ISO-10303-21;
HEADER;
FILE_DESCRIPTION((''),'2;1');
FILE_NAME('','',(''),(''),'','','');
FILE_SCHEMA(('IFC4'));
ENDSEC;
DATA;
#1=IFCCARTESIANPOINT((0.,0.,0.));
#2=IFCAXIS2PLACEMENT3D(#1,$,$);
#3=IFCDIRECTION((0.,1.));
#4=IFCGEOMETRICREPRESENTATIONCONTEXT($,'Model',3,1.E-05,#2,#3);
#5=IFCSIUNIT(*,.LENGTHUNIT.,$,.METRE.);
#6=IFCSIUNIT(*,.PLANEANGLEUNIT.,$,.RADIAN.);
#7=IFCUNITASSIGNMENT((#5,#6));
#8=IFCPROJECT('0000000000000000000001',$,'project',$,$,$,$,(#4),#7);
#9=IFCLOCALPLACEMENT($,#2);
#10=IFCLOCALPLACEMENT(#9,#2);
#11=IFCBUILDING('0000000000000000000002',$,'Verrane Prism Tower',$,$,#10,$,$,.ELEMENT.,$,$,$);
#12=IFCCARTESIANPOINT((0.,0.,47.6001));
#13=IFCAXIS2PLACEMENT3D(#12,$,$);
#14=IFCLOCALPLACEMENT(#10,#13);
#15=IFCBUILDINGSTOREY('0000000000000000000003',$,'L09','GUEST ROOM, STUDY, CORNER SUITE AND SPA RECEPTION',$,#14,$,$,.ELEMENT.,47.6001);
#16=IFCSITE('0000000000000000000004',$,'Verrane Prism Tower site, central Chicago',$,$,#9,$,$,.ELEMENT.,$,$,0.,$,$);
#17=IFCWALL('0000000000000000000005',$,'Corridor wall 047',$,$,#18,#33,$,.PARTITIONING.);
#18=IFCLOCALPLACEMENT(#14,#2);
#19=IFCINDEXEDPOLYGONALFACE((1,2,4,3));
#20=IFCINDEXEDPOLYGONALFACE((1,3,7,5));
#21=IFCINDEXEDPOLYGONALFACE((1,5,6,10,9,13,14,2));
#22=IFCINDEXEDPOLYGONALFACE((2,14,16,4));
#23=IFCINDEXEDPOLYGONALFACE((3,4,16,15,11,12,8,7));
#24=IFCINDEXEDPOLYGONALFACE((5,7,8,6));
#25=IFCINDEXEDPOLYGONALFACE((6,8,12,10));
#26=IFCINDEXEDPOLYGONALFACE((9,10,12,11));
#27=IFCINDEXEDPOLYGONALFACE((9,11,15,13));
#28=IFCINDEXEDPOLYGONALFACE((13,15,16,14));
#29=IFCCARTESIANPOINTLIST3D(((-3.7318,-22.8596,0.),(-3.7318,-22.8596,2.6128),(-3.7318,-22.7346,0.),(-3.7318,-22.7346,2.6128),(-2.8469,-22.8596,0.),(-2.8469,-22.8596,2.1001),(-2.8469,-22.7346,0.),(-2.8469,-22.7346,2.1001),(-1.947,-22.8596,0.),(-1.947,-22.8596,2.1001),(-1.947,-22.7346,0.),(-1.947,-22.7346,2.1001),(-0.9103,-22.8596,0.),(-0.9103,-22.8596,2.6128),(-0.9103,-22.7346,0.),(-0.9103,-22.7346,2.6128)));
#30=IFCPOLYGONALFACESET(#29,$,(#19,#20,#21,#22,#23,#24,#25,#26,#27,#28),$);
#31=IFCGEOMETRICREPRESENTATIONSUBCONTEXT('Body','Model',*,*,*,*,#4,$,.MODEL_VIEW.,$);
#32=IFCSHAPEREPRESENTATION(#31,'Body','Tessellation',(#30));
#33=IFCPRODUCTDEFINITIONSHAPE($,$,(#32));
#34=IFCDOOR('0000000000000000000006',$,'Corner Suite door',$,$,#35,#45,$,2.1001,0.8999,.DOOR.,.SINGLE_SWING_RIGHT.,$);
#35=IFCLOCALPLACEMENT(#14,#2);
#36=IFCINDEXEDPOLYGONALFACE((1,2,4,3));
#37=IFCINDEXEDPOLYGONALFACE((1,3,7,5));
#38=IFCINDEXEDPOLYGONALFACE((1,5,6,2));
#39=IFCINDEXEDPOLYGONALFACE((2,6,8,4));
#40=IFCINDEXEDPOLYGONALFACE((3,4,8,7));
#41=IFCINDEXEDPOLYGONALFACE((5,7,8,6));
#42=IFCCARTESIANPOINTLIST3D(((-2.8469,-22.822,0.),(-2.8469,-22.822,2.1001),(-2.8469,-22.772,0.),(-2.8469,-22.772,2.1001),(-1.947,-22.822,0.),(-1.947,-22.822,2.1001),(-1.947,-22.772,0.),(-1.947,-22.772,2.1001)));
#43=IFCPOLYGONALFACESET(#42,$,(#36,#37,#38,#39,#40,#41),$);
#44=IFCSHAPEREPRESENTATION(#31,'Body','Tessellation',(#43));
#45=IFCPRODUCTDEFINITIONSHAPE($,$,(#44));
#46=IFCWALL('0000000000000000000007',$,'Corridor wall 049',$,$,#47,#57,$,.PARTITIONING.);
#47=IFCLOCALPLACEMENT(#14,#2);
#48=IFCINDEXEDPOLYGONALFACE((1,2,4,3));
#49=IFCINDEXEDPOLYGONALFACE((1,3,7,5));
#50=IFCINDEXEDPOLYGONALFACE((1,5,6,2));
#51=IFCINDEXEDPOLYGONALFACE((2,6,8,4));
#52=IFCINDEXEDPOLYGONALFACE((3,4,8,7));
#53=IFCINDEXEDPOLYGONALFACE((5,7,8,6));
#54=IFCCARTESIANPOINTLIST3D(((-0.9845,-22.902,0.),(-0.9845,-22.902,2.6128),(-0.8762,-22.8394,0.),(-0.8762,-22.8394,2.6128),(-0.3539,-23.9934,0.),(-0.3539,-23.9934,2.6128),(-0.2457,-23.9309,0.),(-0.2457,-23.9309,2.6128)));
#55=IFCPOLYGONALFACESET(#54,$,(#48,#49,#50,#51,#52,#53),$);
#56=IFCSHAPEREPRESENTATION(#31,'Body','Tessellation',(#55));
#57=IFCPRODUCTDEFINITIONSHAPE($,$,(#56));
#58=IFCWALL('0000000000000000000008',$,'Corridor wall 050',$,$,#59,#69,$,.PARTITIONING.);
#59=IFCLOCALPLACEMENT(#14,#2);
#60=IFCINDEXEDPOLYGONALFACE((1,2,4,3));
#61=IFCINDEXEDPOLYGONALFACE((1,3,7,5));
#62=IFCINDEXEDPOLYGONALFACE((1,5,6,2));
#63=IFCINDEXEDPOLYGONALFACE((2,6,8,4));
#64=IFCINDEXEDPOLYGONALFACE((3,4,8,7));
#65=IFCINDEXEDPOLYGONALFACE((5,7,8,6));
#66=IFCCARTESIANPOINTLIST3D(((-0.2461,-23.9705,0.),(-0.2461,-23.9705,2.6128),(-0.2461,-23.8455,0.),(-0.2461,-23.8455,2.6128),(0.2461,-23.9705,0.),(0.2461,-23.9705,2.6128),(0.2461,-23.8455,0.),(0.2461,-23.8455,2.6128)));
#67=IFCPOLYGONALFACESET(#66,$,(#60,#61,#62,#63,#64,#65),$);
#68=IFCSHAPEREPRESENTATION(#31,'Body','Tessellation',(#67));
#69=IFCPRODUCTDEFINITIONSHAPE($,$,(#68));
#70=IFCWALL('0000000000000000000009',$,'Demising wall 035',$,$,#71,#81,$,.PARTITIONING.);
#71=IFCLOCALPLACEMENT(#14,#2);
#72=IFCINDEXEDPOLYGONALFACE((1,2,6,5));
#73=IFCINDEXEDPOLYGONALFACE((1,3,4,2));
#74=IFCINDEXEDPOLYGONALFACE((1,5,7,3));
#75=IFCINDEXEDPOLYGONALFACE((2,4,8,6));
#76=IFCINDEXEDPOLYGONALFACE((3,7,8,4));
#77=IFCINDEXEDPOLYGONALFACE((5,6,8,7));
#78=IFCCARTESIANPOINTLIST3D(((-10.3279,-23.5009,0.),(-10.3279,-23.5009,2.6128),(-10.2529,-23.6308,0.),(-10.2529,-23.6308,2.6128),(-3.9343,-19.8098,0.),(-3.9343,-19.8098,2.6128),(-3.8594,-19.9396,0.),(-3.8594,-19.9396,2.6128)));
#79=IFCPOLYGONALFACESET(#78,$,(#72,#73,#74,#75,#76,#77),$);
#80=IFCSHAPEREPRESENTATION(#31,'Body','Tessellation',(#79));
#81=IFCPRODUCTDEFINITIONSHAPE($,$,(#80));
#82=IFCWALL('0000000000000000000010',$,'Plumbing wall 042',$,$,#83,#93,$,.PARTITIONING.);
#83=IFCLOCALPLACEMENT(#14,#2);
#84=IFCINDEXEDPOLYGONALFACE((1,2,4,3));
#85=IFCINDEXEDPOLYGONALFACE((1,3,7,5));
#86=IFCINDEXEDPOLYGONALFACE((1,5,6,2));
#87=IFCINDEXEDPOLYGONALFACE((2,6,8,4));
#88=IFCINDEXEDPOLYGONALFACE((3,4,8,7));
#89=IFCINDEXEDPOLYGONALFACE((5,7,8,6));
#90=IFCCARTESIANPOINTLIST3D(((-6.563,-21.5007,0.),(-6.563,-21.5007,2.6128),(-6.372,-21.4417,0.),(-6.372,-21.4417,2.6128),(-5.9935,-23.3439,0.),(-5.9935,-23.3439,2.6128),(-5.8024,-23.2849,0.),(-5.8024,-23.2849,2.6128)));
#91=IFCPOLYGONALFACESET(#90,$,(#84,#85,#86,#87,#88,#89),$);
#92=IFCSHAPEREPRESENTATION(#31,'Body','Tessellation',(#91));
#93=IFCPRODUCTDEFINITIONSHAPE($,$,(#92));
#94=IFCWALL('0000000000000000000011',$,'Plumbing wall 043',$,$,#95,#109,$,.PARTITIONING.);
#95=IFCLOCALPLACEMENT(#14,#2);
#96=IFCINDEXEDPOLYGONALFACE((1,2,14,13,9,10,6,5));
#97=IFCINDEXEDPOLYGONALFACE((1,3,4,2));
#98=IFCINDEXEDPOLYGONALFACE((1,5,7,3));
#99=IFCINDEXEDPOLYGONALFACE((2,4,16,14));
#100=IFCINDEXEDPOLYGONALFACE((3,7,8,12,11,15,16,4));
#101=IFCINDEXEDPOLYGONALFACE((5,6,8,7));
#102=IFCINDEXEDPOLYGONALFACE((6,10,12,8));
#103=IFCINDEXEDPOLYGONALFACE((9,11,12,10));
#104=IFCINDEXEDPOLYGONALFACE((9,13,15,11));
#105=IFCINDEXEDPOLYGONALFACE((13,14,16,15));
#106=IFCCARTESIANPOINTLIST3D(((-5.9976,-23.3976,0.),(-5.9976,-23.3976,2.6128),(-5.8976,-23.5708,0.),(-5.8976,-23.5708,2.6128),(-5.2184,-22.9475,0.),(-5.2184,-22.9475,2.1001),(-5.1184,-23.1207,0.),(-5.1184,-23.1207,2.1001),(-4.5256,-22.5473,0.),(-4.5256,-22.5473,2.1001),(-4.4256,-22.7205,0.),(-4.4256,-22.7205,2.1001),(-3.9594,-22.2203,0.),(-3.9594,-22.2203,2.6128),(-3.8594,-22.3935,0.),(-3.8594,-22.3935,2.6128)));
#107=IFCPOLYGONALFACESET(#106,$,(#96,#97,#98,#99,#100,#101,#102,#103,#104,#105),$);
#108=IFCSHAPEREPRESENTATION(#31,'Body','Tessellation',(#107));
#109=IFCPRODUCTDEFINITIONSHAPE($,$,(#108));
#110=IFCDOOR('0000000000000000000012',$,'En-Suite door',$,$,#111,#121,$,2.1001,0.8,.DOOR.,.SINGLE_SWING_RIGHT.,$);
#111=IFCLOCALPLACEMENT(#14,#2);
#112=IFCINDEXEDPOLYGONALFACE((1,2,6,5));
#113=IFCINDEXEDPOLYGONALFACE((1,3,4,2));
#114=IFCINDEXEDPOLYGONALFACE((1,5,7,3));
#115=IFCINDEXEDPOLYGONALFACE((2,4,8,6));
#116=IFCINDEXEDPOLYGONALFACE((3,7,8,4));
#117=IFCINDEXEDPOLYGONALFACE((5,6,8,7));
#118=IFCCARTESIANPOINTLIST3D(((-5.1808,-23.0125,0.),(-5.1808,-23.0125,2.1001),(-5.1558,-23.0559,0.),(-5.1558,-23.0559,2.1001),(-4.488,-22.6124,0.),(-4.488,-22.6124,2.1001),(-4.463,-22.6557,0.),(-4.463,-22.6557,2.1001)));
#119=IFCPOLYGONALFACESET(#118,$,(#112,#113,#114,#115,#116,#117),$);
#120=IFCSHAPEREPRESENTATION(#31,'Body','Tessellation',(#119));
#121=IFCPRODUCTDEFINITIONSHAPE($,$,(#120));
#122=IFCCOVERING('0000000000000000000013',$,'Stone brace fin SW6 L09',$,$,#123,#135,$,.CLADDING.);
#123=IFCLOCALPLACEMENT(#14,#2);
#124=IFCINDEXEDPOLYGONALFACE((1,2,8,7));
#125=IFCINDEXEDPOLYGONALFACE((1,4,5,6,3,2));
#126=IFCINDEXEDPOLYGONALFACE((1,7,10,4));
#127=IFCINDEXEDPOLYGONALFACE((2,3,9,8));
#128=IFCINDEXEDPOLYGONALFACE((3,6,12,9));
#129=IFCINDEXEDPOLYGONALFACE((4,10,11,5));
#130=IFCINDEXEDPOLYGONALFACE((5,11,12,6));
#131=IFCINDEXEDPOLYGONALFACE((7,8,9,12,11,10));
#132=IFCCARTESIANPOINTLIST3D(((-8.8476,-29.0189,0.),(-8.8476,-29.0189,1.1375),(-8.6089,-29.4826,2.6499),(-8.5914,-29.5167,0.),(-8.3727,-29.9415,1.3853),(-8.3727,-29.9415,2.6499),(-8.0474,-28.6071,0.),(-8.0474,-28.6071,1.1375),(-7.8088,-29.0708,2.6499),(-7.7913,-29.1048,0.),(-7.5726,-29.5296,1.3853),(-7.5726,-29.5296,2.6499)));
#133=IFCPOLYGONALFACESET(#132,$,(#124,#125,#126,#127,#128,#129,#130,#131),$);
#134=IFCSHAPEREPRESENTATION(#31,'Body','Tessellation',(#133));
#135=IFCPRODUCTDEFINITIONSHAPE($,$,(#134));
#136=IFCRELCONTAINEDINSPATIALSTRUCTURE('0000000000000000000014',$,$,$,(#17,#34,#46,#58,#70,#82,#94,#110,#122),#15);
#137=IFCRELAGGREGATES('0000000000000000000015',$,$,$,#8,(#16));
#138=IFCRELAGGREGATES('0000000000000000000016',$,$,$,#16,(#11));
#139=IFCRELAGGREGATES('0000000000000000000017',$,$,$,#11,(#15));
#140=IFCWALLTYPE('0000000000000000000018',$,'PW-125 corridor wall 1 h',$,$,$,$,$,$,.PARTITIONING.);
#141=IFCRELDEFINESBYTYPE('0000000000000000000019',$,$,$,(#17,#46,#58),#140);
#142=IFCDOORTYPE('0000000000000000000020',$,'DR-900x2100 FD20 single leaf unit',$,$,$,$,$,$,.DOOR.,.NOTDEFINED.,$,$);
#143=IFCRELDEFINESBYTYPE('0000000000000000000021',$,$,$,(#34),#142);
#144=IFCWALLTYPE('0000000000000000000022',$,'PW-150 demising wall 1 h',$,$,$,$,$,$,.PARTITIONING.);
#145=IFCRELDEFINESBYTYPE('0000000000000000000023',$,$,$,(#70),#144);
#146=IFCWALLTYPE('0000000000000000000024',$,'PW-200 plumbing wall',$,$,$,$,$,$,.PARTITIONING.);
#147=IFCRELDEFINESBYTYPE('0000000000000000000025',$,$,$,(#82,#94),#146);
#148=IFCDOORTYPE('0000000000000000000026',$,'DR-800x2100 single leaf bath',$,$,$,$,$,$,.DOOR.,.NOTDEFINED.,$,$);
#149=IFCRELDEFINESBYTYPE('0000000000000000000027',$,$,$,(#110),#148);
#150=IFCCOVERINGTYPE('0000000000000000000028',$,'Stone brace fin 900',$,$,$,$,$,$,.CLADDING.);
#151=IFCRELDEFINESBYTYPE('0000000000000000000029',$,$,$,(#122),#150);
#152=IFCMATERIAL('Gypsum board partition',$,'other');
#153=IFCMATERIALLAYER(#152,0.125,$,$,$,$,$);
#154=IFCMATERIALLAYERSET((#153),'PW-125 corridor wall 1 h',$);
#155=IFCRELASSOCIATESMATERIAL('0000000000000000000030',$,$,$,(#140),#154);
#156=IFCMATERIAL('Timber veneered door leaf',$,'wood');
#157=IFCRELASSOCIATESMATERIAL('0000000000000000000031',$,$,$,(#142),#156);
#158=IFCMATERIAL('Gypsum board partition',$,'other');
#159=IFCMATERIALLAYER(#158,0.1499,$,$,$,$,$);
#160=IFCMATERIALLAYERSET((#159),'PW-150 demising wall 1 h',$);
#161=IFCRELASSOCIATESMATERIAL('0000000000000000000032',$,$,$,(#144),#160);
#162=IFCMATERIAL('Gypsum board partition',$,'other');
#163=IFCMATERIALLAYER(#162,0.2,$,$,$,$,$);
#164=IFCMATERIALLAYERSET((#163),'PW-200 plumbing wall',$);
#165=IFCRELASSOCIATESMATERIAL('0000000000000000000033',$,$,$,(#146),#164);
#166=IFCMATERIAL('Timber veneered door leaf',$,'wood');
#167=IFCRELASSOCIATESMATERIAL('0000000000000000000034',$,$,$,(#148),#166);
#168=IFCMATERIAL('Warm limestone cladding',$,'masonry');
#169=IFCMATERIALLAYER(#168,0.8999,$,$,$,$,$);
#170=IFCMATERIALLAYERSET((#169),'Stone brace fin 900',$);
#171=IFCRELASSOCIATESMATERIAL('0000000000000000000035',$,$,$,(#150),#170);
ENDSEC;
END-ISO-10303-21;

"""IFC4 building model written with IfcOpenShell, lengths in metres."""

from ifc_helpers import new_model, si_unit, direction, frame, frame_2d, origin, place, context, subcontext, project, spatial, polyline, rectangle, outline, extrude, material, layer, layer_set, type_object, element, fill, save


model = new_model("IFC4")

# Units and contexts
model_context = context("Model", 3, precision=1e-05, world=origin(), true_north=direction((0.0, 1.0)))
body_context = subcontext(model_context, "Body", "Model", "MODEL_VIEW")
ifc_project = project(units=[si_unit("LENGTHUNIT", "METRE"), si_unit("PLANEANGLEUNIT", "RADIAN")], contexts=[model_context])

# Site, building, storey
site_placement = place(None, origin())
site = spatial("IfcSite", under=ifc_project, at=site_placement, Name="Verrane Prism Tower site, central Chicago", CompositionType="ELEMENT", RefElevation=0.0)
building_placement = place(site_placement, origin())
building = spatial("IfcBuilding", under=site, at=building_placement, Name="Verrane Prism Tower", CompositionType="ELEMENT")
storey_placement = place(building_placement, frame((0.0, 0.0, 47.6001)))
storey = spatial("IfcBuildingStorey", under=building, at=storey_placement, Name="L09", Description="GUEST ROOM, STUDY, CORNER SUITE AND SPA RECEPTION", CompositionType="ELEMENT", Elevation=47.6001)

# Shared definitions
ifc_material_1 = material(Name="Gypsum board partition", Category="other")
ifc_layer_1 = layer(ifc_material_1, 0.125)
ifc_layer_set_1 = layer_set([ifc_layer_1], Name="PW-125 corridor wall 1 h")
wall_type_1 = type_object("IfcWallType", Name="PW-125 corridor wall 1 h", PredefinedType="PARTITIONING", material=ifc_layer_set_1)

# Wall, opening, door
wall_1_placement = place(storey_placement, frame((-0.9104, -22.7971, 0.0), z_axis=(0.0, 0.0, 1.0), x_axis=(-1.0, 0.0, 0.0)))
wall_1 = element("IfcWall", 1, at=wall_1_placement, inside=storey, type_object=wall_type_1, Name="Corridor wall 047", PredefinedType="PARTITIONING", context=body_context, shape_type="SweptSolid", body=[
    extrude(rectangle(XDim=2.8215, YDim=0.125, at=frame_2d((1.4106, 0.0))), origin(), (0.0, 0.0, 1.0), 2.6128),
])
opening_1_placement = place(wall_1_placement, frame((1.0366, 0.0, 0.0)))
opening_1 = element("IfcOpeningElement", 2, at=opening_1_placement, cuts=wall_1, PredefinedType="OPENING", context=body_context, shape_type="SweptSolid", body=[
    extrude(rectangle(XDim=0.8999, YDim=2.1001, at=frame_2d((0.45, 1.05))), frame((0.0, 0.0725, 0.0), z_axis=(0.0, -1.0, 0.0), x_axis=(1.0, 0.0, 0.0)), (0.0, 0.0, 1.0), 0.145),
])
ifc_material_2 = material(Name="Timber veneered door leaf", Category="wood")
door_type_1 = type_object("IfcDoorType", Name="DR-900x2100 FD20 single leaf unit", OperationType="NOTDEFINED", PredefinedType="DOOR", material=ifc_material_2)
door_1_placement = place(opening_1_placement, origin())
door_1 = element("IfcDoor", 3, at=door_1_placement, inside=storey, type_object=door_type_1, Name="Corner Suite door", OperationType="SINGLE_SWING_RIGHT", OverallHeight=2.1001, OverallWidth=0.8999, PredefinedType="DOOR", context=body_context, shape_type="SweptSolid", body=[
    extrude(rectangle(XDim=0.8999, YDim=2.1001, at=frame_2d((0.45, 1.05))), frame((0.0, 0.0249, 0.0), z_axis=(0.0, -1.0, 0.0), x_axis=(1.0, 0.0, 0.0)), (0.0, 0.0, 1.0), 0.05),
])
fill(opening_1, door_1)

# Walls
wall_2_placement = place(storey_placement, frame((-0.9304, -22.8706, 0.0), z_axis=(0.0, 0.0, 1.0), x_axis=(0.500242, -0.865886, 0.0)))
element("IfcWall", 4, at=wall_2_placement, inside=storey, type_object=wall_type_1, Name="Corridor wall 049", PredefinedType="PARTITIONING", context=body_context, shape_type="SweptSolid", body=[
    extrude(rectangle(XDim=1.2605, YDim=0.125, at=frame_2d((0.6304, 0.0))), origin(), (0.0, 0.0, 1.0), 2.6128),
])
wall_3_placement = place(storey_placement, frame((-0.2461, -23.908, 0.0), z_axis=(0.0, 0.0, 1.0), x_axis=(1.0, 0.0, 0.0)))
element("IfcWall", 5, at=wall_3_placement, inside=storey, type_object=wall_type_1, Name="Corridor wall 050", PredefinedType="PARTITIONING", context=body_context, shape_type="SweptSolid", body=[
    extrude(rectangle(XDim=0.4922, YDim=0.125, at=frame_2d((0.2461, 0.0))), origin(), (0.0, 0.0, 1.0), 2.6128),
])
ifc_material_3 = material(Name="Gypsum board partition", Category="other")
ifc_layer_2 = layer(ifc_material_3, 0.1499)
ifc_layer_set_2 = layer_set([ifc_layer_2], Name="PW-150 demising wall 1 h")
wall_type_2 = type_object("IfcWallType", Name="PW-150 demising wall 1 h", PredefinedType="PARTITIONING", material=ifc_layer_set_2)
wall_4_placement = place(storey_placement, frame((-10.2905, -23.5659, 0.0), z_axis=(0.0, 0.0, 1.0), x_axis=(0.866035, 0.499984, 0.0)))
element("IfcWall", 6, at=wall_4_placement, inside=storey, type_object=wall_type_2, Name="Demising wall 035", PredefinedType="PARTITIONING", context=body_context, shape_type="SweptSolid", body=[
    extrude(rectangle(XDim=7.3826, YDim=0.1499, at=frame_2d((3.6914, 0.0))), origin(), (0.0, 0.0, 1.0), 2.6128),
])
ifc_material_4 = material(Name="Gypsum board partition", Category="other")
ifc_layer_3 = layer(ifc_material_4, 0.2)
ifc_layer_set_3 = layer_set([ifc_layer_3], Name="PW-200 plumbing wall")
wall_type_3 = type_object("IfcWallType", Name="PW-200 plumbing wall", PredefinedType="PARTITIONING", material=ifc_layer_set_3)
wall_5_placement = place(storey_placement, frame((-6.4675, -21.4712, 0.0), z_axis=(0.0, 0.0, 1.0), x_axis=(0.295233, -0.955425, 0.0)))
element("IfcWall", 7, at=wall_5_placement, inside=storey, type_object=wall_type_3, Name="Plumbing wall 042", PredefinedType="PARTITIONING", context=body_context, shape_type="SweptSolid", body=[
    extrude(rectangle(XDim=1.9292, YDim=0.2, at=frame_2d((0.9646, 0.0))), origin(), (0.0, 0.0, 1.0), 2.6128),
])

# Wall, opening, door
wall_6_placement = place(storey_placement, frame((-5.9475, -23.4841, 0.0), z_axis=(0.0, 0.0, 1.0), x_axis=(0.865923, 0.500177, 0.0)))
wall_6 = element("IfcWall", 8, at=wall_6_placement, inside=storey, type_object=wall_type_3, Name="Plumbing wall 043", PredefinedType="PARTITIONING", context=body_context, shape_type="SweptSolid", body=[
    extrude(rectangle(XDim=2.3538, YDim=0.2, at=frame_2d((1.1768, 0.0))), origin(), (0.0, 0.0, 1.0), 2.6128),
])
opening_2_placement = place(wall_6_placement, frame((0.8999, 0.0, 0.0)))
opening_2 = element("IfcOpeningElement", 9, at=opening_2_placement, cuts=wall_6, PredefinedType="OPENING", context=body_context, shape_type="SweptSolid", body=[
    extrude(rectangle(XDim=0.8, YDim=2.1001, at=frame_2d((0.3999, 1.05))), frame((0.0, 0.1099, 0.0), z_axis=(0.0, -1.0, 0.0), x_axis=(1.0, 0.0, 0.0)), (0.0, 0.0, 1.0), 0.22),
])
ifc_material_5 = material(Name="Timber veneered door leaf", Category="wood")
door_type_2 = type_object("IfcDoorType", Name="DR-800x2100 single leaf bath", OperationType="NOTDEFINED", PredefinedType="DOOR", material=ifc_material_5)
door_2_placement = place(opening_2_placement, origin())
door_2 = element("IfcDoor", 10, at=door_2_placement, inside=storey, type_object=door_type_2, Name="En-Suite door", OperationType="SINGLE_SWING_RIGHT", OverallHeight=2.1001, OverallWidth=0.8, PredefinedType="DOOR", context=body_context, shape_type="SweptSolid", body=[
    extrude(rectangle(XDim=0.8, YDim=2.1001, at=frame_2d((0.3999, 1.05))), frame((0.0, 0.0249, 0.0), z_axis=(0.0, -1.0, 0.0), x_axis=(1.0, 0.0, 0.0)), (0.0, 0.0, 1.0), 0.05),
])
fill(opening_2, door_2)

# Covering
ifc_material_6 = material(Name="Warm limestone cladding", Category="masonry")
ifc_layer_4 = layer(ifc_material_6, 0.8999)
ifc_layer_set_4 = layer_set([ifc_layer_4], Name="Stone brace fin 900")
covering_type = type_object("IfcCoveringType", Name="Stone brace fin 900", PredefinedType="CLADDING", material=ifc_layer_set_4)
covering_placement = place(storey_placement, frame((-8.4475, -28.813, 0.0), z_axis=(0.0, 0.0, 1.0), x_axis=(0.45763, -0.889143, 0.0)))
element("IfcCovering", 11, at=covering_placement, inside=storey, type_object=covering_type, Name="Stone brace fin SW6 L09", PredefinedType="CLADDING", context=body_context, shape_type="SweptSolid", body=[
    extrude(outline(polyline([(1.0376, 2.6499), (0.5215, 2.6499), (0.0, 1.1375), (0.0, 0.0), (0.5598, 0.0), (1.0376, 1.3853), (1.0376, 2.6499)])), frame((0.0, 0.45, 0.0), z_axis=(0.0, -1.0, 0.0), x_axis=(1.0, 0.0, 0.0)), (0.0, 0.0, 1.0), 0.8999),
])

save(model, "model.ifc")
